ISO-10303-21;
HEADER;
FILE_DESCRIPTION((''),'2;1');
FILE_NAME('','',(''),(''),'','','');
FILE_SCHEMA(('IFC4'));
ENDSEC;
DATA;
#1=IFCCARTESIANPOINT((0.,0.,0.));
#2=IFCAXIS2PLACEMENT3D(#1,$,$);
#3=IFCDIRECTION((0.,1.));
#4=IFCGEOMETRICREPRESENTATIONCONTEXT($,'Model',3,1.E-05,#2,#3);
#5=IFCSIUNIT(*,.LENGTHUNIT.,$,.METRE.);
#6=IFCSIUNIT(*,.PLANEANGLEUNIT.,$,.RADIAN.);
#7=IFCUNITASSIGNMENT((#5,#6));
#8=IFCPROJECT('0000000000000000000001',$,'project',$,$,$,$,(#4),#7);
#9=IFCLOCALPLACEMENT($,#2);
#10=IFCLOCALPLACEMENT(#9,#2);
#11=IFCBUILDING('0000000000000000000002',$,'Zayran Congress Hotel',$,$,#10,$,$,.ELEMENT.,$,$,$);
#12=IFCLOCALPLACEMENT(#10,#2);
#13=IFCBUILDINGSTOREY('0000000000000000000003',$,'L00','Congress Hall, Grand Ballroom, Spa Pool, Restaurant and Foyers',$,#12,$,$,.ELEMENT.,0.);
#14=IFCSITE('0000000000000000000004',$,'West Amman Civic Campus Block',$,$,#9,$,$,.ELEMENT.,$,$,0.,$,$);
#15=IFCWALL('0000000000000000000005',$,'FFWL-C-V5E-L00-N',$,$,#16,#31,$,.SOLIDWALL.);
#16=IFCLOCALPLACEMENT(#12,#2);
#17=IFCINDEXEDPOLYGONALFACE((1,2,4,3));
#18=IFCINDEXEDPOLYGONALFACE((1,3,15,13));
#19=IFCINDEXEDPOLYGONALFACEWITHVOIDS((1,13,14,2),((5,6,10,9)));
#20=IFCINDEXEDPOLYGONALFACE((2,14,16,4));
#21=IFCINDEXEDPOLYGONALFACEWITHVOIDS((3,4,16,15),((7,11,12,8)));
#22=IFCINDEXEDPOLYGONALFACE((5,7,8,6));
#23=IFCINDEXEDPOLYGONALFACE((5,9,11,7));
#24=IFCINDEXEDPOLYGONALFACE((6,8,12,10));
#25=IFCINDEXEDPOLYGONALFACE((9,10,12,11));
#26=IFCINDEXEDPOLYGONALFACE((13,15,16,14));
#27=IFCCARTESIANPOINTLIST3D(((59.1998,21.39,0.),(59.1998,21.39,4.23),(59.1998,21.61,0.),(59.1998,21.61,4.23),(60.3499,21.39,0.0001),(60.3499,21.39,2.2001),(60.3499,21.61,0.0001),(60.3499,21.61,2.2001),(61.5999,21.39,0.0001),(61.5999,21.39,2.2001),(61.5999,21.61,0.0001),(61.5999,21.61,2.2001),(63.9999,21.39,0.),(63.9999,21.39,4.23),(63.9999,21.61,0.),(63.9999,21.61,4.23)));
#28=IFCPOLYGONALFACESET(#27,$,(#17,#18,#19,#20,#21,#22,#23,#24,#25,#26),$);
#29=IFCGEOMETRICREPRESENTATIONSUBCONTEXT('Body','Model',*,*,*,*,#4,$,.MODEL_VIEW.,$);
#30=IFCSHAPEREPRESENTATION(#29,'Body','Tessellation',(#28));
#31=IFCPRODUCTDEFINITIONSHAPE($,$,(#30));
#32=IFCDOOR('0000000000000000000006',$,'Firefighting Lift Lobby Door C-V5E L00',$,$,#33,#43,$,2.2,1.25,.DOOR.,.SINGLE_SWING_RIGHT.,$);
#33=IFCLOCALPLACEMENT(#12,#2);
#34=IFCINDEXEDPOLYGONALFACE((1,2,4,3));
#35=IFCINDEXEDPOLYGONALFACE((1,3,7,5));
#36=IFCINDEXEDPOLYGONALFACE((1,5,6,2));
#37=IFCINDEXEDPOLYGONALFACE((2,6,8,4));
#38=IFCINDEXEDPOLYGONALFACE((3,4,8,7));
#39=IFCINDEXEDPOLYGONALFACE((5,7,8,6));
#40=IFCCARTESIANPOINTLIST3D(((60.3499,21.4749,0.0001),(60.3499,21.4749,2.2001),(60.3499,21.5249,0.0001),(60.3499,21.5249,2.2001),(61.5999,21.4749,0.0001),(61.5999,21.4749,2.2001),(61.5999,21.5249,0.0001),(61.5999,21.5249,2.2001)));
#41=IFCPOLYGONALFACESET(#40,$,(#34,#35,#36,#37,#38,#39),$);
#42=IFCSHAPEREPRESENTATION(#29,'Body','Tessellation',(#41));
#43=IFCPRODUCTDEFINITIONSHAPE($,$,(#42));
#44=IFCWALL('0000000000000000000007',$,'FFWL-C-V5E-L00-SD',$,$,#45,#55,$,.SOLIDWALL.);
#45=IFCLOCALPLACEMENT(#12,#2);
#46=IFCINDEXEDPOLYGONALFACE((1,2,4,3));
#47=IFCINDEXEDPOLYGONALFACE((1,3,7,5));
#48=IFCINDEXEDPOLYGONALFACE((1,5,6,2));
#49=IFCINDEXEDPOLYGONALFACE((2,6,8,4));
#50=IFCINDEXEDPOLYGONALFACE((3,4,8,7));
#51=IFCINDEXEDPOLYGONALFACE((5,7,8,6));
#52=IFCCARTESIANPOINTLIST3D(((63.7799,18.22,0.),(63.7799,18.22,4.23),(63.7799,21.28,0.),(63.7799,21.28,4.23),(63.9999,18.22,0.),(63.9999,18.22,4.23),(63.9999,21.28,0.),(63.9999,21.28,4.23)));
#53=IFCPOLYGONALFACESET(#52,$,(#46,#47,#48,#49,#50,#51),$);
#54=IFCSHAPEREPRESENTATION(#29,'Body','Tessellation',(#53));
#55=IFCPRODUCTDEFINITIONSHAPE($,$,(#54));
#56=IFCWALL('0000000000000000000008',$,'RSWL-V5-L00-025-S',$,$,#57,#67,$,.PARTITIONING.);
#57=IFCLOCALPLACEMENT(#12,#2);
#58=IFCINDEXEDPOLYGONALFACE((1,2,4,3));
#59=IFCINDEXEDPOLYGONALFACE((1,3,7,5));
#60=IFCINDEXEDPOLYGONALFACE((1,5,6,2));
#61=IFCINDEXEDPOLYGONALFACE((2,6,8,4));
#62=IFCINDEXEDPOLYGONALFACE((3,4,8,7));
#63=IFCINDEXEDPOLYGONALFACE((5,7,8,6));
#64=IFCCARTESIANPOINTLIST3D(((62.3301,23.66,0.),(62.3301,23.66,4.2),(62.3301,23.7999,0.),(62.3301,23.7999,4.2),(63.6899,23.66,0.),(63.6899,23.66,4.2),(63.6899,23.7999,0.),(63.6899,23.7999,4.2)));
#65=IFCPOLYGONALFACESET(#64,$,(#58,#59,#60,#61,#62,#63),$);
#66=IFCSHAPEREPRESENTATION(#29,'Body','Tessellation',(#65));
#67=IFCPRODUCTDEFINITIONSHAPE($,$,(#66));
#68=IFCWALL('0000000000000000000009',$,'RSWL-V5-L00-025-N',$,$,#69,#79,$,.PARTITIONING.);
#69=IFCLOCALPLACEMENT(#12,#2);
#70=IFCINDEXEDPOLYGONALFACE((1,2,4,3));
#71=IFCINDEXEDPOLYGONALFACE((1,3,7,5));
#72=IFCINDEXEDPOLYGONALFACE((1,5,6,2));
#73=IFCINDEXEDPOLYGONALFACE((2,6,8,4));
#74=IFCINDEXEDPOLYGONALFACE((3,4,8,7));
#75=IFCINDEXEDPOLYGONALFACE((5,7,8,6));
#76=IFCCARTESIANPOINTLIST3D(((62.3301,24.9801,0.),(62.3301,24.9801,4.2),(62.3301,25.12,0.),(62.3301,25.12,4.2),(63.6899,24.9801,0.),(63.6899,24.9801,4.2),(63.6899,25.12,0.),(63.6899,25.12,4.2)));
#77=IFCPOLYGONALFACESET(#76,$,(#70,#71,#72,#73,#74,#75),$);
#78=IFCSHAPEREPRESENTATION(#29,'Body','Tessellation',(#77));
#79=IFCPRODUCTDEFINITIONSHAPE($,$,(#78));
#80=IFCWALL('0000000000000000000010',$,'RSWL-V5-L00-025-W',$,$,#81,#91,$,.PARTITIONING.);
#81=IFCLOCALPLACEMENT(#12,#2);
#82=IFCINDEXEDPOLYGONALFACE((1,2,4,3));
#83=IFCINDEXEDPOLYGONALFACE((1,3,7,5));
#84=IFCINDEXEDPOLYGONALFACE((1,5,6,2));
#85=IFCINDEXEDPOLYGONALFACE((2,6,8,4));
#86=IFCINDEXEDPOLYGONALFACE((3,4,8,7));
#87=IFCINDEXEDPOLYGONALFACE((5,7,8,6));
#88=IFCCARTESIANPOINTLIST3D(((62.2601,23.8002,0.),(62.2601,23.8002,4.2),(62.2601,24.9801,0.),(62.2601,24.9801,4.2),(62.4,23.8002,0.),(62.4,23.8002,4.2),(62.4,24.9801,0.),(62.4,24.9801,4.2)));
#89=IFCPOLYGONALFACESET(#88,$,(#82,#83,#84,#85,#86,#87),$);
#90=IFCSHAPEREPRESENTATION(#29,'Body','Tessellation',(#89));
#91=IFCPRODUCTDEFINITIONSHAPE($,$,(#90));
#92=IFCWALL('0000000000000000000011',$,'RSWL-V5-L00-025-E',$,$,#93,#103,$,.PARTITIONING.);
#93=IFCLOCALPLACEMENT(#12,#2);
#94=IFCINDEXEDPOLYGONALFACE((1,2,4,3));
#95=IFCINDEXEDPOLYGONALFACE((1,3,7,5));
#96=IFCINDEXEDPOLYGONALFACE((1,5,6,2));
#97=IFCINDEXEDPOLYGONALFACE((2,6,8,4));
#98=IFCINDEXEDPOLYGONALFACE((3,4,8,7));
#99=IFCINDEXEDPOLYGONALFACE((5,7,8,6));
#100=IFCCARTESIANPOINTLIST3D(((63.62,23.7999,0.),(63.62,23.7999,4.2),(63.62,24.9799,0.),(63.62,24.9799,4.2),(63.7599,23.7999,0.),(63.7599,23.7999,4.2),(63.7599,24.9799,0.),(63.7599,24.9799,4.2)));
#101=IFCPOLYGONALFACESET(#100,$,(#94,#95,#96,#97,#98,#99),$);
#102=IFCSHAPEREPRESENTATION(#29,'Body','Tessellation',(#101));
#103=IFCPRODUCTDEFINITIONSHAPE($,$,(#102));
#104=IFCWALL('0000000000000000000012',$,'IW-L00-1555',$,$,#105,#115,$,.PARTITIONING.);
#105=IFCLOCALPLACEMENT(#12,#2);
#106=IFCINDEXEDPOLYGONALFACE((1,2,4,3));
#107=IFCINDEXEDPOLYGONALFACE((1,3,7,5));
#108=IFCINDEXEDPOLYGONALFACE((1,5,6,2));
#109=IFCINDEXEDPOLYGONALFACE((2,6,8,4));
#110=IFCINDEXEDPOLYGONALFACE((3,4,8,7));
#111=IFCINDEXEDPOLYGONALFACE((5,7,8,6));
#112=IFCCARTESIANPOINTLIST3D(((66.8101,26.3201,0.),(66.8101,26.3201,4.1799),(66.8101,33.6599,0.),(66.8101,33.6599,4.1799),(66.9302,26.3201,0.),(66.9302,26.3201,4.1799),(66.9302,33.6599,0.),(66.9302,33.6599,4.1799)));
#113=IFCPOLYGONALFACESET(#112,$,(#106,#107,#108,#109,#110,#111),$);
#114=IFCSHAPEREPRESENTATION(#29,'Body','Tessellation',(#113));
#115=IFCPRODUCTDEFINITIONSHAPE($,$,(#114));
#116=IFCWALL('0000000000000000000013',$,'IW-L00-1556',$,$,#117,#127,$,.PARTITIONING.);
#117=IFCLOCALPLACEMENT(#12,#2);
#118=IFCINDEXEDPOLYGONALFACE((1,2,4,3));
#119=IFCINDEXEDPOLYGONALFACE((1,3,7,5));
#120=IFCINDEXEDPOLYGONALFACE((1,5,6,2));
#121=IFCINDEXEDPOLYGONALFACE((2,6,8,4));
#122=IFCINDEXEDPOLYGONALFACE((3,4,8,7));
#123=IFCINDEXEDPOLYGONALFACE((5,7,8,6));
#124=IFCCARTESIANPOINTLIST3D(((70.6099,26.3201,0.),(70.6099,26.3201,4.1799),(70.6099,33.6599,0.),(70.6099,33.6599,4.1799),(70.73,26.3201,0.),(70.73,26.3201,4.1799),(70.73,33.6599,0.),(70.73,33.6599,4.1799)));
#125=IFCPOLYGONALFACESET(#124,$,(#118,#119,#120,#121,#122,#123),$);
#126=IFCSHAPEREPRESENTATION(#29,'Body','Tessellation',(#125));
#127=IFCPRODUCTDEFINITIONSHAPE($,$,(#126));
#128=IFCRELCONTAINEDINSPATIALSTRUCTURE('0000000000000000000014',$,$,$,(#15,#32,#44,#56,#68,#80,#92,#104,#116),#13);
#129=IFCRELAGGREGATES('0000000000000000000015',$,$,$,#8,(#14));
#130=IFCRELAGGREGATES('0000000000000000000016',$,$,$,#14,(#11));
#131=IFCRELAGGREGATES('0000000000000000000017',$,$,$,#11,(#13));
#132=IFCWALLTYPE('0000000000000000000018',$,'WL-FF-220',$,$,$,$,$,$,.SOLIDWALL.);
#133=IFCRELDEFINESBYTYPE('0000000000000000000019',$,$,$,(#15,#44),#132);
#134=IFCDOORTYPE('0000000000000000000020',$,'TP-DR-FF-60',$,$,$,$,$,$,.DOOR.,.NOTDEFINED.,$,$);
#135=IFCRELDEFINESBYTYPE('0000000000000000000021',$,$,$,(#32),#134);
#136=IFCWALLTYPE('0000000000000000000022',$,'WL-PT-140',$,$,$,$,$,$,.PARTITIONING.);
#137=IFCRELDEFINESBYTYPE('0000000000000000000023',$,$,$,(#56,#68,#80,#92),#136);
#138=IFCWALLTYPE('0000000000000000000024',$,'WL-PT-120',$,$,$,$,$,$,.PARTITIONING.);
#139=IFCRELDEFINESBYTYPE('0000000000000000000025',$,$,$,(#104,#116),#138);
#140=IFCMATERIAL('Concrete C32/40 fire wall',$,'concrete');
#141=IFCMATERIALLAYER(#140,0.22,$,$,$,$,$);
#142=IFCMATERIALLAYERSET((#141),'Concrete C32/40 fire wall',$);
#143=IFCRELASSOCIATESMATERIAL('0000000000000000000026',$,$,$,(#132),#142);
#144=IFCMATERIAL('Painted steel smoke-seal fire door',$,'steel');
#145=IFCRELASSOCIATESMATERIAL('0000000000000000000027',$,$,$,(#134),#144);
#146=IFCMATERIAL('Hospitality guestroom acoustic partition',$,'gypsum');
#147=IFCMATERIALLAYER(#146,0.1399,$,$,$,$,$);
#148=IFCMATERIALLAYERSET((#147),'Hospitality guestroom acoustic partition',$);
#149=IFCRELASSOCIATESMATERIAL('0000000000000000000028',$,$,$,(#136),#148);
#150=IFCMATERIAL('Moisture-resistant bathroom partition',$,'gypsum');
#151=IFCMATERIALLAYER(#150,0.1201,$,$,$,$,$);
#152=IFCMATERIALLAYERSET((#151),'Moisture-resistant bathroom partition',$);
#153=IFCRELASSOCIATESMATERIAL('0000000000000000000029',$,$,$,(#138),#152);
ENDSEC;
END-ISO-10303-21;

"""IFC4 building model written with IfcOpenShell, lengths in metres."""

from ifc_helpers import new_model, si_unit, direction, frame, frame_2d, origin, place, context, subcontext, project, spatial, rectangle, extrude, material, layer, layer_set, type_object, element, fill, save


model = new_model("IFC4")

# Units and contexts
model_context = context("Model", 3, precision=1e-05, world=origin(), true_north=direction((0.0, 1.0)))
body_context = subcontext(model_context, "Body", "Model", "MODEL_VIEW")
ifc_project = project(units=[si_unit("LENGTHUNIT", "METRE"), si_unit("PLANEANGLEUNIT", "RADIAN")], contexts=[model_context])

# Site, building, storey
site_placement = place(None, origin())
site = spatial("IfcSite", under=ifc_project, at=site_placement, Name="West Amman Civic Campus Block", CompositionType="ELEMENT", RefElevation=0.0)
building_placement = place(site_placement, origin())
building = spatial("IfcBuilding", under=site, at=building_placement, Name="Zayran Congress Hotel", CompositionType="ELEMENT")
storey_placement = place(building_placement, origin())
storey = spatial("IfcBuildingStorey", under=building, at=storey_placement, Name="L00", Description="Congress Hall, Grand Ballroom, Spa Pool, Restaurant and Foyers", CompositionType="ELEMENT", Elevation=0.0)

# Shared definitions
ifc_material_1 = material(Name="Concrete C32/40 fire wall", Category="concrete")
ifc_layer_1 = layer(ifc_material_1, 0.22)
ifc_layer_set_1 = layer_set([ifc_layer_1], Name="Concrete C32/40 fire wall")
wall_type_1 = type_object("IfcWallType", Name="WL-FF-220", PredefinedType="SOLIDWALL", material=ifc_layer_set_1)

# Wall, opening, door
wall_1_placement = place(storey_placement, frame((59.2, 21.5, 0.0), z_axis=(0.0, 0.0, 1.0), x_axis=(1.0, 0.0, 0.0)))
wall_1 = element("IfcWall", 1, at=wall_1_placement, inside=storey, type_object=wall_type_1, Name="FFWL-C-V5E-L00-N", PredefinedType="SOLIDWALL", context=body_context, shape_type="SweptSolid", body=[
    extrude(rectangle(XDim=4.8, YDim=0.22, at=frame_2d((2.3999, 0.0))), origin(), (0.0, 0.0, 1.0), 4.23),
])
opening_1_placement = place(wall_1_placement, frame((1.1499, 0.0, 0.0)))
opening_1 = element("IfcOpeningElement", 2, at=opening_1_placement, cuts=wall_1, PredefinedType="OPENING", context=body_context, shape_type="SweptSolid", body=[
    extrude(rectangle(XDim=1.25, YDim=2.2, at=frame_2d((0.625, 1.1001))), frame((0.0, 0.1199, 0.0), z_axis=(0.0, -1.0, 0.0), x_axis=(1.0, 0.0, 0.0)), (0.0, 0.0, 1.0), 0.24),
])
ifc_material_2 = material(Name="Painted steel smoke-seal fire door", Category="steel")
door_type_1 = type_object("IfcDoorType", Name="TP-DR-FF-60", OperationType="NOTDEFINED", PredefinedType="DOOR", material=ifc_material_2)
door_1_placement = place(opening_1_placement, origin())
door_1 = element("IfcDoor", 3, at=door_1_placement, inside=storey, type_object=door_type_1, Name="Firefighting Lift Lobby Door C-V5E L00", OperationType="SINGLE_SWING_RIGHT", OverallHeight=2.2, OverallWidth=1.25, PredefinedType="DOOR", context=body_context, shape_type="SweptSolid", body=[
    extrude(rectangle(XDim=1.25, YDim=2.2, at=frame_2d((0.625, 1.1001))), frame((0.0, 0.0249, 0.0), z_axis=(0.0, -1.0, 0.0), x_axis=(1.0, 0.0, 0.0)), (0.0, 0.0, 1.0), 0.05),
])
fill(opening_1, door_1)

# Walls
wall_2_placement = place(storey_placement, frame((63.8899, 18.22, 0.0), z_axis=(0.0, 0.0, 1.0), x_axis=(0.0, 1.0, 0.0)))
element("IfcWall", 4, at=wall_2_placement, inside=storey, type_object=wall_type_1, Name="FFWL-C-V5E-L00-SD", PredefinedType="SOLIDWALL", context=body_context, shape_type="SweptSolid", body=[
    extrude(rectangle(XDim=3.0601, YDim=0.22, at=frame_2d((1.53, 0.0))), origin(), (0.0, 0.0, 1.0), 4.23),
])
ifc_material_3 = material(Name="Hospitality guestroom acoustic partition", Category="gypsum")
ifc_layer_2 = layer(ifc_material_3, 0.1399)
ifc_layer_set_2 = layer_set([ifc_layer_2], Name="Hospitality guestroom acoustic partition")
wall_type_2 = type_object("IfcWallType", Name="WL-PT-140", PredefinedType="PARTITIONING", material=ifc_layer_set_2)
for number, where, z_axis, x_axis, name in (
    (5, (62.3301, 23.73, 0.0), (0.0, 0.0, 1.0), (1.0, 0.0, 0.0), "RSWL-V5-L00-025-S"),
    (6, (63.6899, 25.05, 0.0), (0.0, 0.0, 1.0), (-1.0, 0.0, 0.0), "RSWL-V5-L00-025-N"),
):
    element("IfcWall", number, at=place(storey_placement, frame(where, z_axis=z_axis, x_axis=x_axis)), inside=storey, type_object=wall_type_2, Name=name, PredefinedType="PARTITIONING", context=body_context, shape_type="SweptSolid", body=[
        extrude(rectangle(XDim=1.3599, YDim=0.1399, at=frame_2d((0.6799, 0.0))), origin(), (0.0, 0.0, 1.0), 4.2),
    ])
for number, where, z_axis, x_axis, name in (
    (7, (62.3301, 24.98, 0.0), (0.0, 0.0, 1.0), (0.0, -1.0, 0.0), "RSWL-V5-L00-025-W"),
    (8, (63.6899, 23.8, 0.0), (0.0, 0.0, 1.0), (0.0, 1.0, 0.0), "RSWL-V5-L00-025-E"),
):
    element("IfcWall", number, at=place(storey_placement, frame(where, z_axis=z_axis, x_axis=x_axis)), inside=storey, type_object=wall_type_2, Name=name, PredefinedType="PARTITIONING", context=body_context, shape_type="SweptSolid", body=[
        extrude(rectangle(XDim=1.1799, YDim=0.1399, at=frame_2d((0.5898, 0.0))), origin(), (0.0, 0.0, 1.0), 4.2),
    ])
ifc_material_4 = material(Name="Moisture-resistant bathroom partition", Category="gypsum")
ifc_layer_3 = layer(ifc_material_4, 0.1201)
ifc_layer_set_3 = layer_set([ifc_layer_3], Name="Moisture-resistant bathroom partition")
wall_type_3 = type_object("IfcWallType", Name="WL-PT-120", PredefinedType="PARTITIONING", material=ifc_layer_set_3)
for number, where, z_axis, x_axis, name in (
    (9, (66.8701, 26.3201, 0.0), (0.0, 0.0, 1.0), (0.0, 1.0, 0.0), "IW-L00-1555"),
    (10, (70.6699, 26.3201, 0.0), (0.0, 0.0, 1.0), (0.0, 1.0, 0.0), "IW-L00-1556"),
):
    element("IfcWall", number, at=place(storey_placement, frame(where, z_axis=z_axis, x_axis=x_axis)), inside=storey, type_object=wall_type_3, Name=name, PredefinedType="PARTITIONING", context=body_context, shape_type="SweptSolid", body=[
        extrude(rectangle(XDim=7.3398, YDim=0.1201, at=frame_2d((3.6699, 0.0))), origin(), (0.0, 0.0, 1.0), 4.1799),
    ])

save(model, "model.ifc")
